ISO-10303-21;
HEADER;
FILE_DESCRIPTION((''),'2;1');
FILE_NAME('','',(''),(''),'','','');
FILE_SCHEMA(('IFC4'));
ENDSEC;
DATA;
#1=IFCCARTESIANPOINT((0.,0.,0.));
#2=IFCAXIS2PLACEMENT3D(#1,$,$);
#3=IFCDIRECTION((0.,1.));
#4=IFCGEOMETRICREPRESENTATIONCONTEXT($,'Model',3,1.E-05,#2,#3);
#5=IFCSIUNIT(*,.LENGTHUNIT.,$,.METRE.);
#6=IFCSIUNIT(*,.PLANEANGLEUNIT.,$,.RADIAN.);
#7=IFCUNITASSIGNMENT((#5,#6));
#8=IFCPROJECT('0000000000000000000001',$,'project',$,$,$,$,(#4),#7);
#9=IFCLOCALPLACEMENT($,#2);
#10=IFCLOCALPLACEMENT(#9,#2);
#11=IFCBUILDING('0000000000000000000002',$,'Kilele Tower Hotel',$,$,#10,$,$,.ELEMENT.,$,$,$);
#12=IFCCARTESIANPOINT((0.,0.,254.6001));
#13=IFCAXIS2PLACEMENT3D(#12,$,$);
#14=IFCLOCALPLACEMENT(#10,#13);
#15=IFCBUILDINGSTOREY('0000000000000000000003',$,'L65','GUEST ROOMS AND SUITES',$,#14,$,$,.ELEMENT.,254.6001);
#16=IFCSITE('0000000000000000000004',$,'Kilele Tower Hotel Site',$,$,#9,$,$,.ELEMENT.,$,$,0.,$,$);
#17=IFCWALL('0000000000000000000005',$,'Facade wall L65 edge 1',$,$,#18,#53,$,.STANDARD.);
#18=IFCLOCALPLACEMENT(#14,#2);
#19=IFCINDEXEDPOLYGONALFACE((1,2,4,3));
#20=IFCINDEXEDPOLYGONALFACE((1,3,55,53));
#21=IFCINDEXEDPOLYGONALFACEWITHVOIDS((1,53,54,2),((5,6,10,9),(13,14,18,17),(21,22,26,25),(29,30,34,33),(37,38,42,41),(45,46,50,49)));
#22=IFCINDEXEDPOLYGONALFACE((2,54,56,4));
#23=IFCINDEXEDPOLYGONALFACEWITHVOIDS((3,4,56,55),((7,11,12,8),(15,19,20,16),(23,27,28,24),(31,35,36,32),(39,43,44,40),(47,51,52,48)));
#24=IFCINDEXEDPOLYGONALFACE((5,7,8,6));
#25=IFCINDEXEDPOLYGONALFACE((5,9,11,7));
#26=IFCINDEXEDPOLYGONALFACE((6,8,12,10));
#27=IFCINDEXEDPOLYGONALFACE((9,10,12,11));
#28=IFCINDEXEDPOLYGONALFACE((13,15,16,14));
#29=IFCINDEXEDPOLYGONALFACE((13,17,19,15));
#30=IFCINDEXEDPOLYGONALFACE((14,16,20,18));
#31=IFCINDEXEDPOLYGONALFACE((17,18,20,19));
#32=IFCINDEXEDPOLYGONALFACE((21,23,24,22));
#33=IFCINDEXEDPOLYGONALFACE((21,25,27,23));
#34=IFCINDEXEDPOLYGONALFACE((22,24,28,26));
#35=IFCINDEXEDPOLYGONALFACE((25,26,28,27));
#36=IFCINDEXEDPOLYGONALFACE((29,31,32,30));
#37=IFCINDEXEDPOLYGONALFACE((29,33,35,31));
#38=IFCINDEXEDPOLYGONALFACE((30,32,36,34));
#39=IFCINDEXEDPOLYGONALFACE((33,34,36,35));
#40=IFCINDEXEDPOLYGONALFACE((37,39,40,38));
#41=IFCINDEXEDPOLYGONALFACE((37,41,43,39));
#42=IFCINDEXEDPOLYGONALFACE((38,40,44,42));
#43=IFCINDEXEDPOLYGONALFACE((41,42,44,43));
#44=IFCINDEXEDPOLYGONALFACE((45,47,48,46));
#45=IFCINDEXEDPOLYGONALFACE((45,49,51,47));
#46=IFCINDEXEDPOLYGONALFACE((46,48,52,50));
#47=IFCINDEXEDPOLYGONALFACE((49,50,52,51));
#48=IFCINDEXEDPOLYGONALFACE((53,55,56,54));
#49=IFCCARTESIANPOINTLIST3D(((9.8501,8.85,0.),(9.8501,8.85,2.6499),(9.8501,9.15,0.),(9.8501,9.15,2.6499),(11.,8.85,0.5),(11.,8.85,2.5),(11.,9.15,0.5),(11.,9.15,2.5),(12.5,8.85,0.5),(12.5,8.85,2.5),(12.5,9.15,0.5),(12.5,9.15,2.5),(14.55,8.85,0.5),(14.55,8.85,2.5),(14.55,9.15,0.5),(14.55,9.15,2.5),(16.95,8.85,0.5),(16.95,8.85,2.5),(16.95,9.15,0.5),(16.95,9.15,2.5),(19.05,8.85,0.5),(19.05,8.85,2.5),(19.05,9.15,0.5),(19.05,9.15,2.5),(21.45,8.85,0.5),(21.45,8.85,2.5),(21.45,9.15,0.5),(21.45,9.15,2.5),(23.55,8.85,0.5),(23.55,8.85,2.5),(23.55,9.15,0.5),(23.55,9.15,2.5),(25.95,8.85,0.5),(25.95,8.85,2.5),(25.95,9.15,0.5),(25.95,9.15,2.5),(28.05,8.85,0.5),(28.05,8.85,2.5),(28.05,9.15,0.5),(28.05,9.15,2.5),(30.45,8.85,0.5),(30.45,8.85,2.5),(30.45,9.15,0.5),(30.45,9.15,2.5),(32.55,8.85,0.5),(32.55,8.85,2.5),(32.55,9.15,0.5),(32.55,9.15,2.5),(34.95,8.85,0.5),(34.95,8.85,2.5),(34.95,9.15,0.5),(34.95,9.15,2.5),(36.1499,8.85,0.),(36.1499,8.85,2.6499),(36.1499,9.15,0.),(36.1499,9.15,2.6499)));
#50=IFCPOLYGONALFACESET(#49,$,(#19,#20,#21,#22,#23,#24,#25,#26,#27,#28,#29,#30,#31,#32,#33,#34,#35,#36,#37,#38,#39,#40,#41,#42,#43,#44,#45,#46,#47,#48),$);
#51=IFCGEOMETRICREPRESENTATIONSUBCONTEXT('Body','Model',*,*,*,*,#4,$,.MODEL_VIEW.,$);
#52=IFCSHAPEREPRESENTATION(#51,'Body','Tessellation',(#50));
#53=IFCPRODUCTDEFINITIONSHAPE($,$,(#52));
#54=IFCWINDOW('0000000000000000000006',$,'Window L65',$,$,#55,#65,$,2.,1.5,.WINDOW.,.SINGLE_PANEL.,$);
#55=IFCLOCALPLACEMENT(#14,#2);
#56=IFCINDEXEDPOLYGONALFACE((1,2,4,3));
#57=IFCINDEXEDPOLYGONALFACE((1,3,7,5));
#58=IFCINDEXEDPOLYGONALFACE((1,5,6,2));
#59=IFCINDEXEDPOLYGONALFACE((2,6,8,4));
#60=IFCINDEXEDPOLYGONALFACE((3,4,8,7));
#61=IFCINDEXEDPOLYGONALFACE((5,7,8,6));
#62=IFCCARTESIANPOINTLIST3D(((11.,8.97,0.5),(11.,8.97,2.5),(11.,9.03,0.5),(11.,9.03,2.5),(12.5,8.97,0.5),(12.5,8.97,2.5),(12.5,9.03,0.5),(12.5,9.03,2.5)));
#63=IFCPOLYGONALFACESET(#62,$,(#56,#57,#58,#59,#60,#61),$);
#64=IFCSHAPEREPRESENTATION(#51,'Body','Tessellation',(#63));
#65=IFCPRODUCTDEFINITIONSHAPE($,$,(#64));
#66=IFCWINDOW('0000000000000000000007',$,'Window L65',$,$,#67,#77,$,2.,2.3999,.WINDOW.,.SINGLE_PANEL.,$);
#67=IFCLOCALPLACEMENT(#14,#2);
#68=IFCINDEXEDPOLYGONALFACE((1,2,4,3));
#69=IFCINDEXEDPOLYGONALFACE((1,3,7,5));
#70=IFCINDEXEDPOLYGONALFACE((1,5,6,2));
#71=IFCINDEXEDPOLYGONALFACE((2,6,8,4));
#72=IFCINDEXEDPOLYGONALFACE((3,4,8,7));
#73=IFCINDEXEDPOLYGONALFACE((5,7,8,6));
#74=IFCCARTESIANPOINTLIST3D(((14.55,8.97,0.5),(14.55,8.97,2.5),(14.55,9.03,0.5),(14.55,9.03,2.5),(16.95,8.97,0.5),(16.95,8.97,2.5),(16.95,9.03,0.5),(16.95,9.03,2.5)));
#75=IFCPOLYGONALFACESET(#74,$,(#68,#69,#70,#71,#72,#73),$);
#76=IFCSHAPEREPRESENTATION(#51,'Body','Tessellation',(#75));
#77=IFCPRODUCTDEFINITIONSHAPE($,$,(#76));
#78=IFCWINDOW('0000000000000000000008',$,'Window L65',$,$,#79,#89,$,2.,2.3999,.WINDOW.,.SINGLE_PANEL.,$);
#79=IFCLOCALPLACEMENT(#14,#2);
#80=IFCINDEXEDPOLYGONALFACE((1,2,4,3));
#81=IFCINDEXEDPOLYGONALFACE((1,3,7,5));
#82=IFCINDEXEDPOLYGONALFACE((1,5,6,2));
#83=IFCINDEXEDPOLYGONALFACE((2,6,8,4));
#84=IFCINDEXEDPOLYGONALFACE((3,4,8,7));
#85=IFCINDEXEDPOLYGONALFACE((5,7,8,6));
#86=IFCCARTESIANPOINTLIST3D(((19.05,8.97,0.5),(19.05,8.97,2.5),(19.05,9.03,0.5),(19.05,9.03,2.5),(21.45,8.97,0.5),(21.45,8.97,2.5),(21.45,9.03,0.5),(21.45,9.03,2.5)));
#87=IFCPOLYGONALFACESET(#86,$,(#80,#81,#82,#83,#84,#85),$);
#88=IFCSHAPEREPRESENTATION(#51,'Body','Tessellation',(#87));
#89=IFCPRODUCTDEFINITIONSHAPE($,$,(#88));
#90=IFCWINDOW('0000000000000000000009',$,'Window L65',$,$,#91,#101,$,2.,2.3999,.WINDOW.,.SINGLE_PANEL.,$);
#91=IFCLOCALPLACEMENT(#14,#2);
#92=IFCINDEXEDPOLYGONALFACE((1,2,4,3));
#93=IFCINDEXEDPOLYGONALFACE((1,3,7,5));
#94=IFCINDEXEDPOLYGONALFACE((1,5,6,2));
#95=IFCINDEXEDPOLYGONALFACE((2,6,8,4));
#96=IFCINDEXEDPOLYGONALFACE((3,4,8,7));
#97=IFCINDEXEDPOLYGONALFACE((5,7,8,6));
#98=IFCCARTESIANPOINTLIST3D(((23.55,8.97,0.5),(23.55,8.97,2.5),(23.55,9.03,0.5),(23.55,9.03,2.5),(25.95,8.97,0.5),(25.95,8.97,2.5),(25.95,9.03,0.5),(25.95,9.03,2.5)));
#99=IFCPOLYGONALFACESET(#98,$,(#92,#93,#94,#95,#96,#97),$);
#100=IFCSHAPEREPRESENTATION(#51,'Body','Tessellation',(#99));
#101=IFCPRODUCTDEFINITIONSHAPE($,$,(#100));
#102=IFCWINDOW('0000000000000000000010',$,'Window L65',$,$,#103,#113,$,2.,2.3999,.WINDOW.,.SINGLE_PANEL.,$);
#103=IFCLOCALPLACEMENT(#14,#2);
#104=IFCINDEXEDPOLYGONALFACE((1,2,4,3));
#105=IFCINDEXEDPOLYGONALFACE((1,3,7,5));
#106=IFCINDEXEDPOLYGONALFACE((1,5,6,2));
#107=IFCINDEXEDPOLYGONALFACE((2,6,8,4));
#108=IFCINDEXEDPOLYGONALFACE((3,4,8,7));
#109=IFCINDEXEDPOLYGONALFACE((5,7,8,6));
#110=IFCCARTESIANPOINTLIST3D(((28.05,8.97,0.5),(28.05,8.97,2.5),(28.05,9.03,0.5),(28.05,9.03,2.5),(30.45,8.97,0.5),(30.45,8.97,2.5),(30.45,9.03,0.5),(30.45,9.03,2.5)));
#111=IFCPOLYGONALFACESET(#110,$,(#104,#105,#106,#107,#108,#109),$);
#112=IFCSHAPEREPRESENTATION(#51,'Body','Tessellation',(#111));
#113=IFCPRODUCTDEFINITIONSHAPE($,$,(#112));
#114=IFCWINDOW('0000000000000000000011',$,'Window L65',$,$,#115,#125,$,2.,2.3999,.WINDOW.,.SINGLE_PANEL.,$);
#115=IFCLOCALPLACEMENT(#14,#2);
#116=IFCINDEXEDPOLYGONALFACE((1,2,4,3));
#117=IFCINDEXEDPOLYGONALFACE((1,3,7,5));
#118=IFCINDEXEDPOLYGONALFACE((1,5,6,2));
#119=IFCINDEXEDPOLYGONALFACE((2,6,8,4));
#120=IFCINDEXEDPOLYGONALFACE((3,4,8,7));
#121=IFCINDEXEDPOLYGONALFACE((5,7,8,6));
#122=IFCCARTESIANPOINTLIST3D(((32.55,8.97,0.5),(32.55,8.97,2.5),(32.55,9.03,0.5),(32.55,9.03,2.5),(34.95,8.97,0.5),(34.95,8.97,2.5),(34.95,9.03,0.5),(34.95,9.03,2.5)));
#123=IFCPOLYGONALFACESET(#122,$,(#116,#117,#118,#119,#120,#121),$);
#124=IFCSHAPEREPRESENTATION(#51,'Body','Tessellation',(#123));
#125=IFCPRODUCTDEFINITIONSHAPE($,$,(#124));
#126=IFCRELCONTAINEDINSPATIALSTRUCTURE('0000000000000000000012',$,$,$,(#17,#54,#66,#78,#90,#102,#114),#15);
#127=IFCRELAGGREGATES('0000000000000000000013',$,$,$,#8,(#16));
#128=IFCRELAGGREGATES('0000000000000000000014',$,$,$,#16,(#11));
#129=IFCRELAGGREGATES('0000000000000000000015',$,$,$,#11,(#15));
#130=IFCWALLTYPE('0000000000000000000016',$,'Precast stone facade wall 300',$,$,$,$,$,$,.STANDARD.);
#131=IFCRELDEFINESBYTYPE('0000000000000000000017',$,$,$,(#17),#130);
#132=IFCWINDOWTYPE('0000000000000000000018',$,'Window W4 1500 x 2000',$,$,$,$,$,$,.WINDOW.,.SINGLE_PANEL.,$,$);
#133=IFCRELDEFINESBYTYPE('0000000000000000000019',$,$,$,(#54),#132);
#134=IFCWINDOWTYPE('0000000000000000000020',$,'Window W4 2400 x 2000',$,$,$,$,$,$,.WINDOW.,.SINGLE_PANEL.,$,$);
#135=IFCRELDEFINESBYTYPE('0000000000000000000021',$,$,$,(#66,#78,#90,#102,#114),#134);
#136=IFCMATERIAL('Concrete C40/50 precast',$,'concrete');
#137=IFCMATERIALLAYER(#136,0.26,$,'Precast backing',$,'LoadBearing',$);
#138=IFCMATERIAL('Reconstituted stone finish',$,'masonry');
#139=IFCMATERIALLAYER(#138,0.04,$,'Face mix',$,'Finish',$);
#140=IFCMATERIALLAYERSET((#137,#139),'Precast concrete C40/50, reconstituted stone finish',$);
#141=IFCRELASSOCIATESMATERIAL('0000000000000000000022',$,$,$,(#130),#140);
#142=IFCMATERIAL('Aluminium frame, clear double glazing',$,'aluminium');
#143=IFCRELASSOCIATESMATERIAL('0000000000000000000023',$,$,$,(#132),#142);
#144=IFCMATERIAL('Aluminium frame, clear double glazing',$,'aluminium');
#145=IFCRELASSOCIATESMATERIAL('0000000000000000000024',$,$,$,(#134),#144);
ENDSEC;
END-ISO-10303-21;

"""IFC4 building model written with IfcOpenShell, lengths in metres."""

from ifc_helpers import new_model, si_unit, direction, frame, frame_2d, origin, place, context, subcontext, project, spatial, rectangle, extrude, material, layer, layer_set, type_object, element, fill, save


model = new_model("IFC4")

# Units and contexts
model_context = context("Model", 3, precision=1e-05, world=origin(), true_north=direction((0.0, 1.0)))
body_context = subcontext(model_context, "Body", "Model", "MODEL_VIEW")
ifc_project = project(units=[si_unit("LENGTHUNIT", "METRE"), si_unit("PLANEANGLEUNIT", "RADIAN")], contexts=[model_context])

# Site, building, storey
site_placement = place(None, origin())
site = spatial("IfcSite", under=ifc_project, at=site_placement, Name="Kilele Tower Hotel Site", CompositionType="ELEMENT", RefElevation=0.0)
building_placement = place(site_placement, origin())
building = spatial("IfcBuilding", under=site, at=building_placement, Name="Kilele Tower Hotel", CompositionType="ELEMENT")
storey_placement = place(building_placement, frame((0.0, 0.0, 254.6001)))
storey = spatial("IfcBuildingStorey", under=building, at=storey_placement, Name="L65", Description="GUEST ROOMS AND SUITES", CompositionType="ELEMENT", Elevation=254.6001)

# Wall, openings, windows
ifc_material_1 = material(Name="Concrete C40/50 precast", Category="concrete")
ifc_layer_1 = layer(ifc_material_1, 0.26, Name="Precast backing", Category="LoadBearing")
ifc_material_2 = material(Name="Reconstituted stone finish", Category="masonry")
ifc_layer_2 = layer(ifc_material_2, 0.04, Name="Face mix", Category="Finish")
ifc_layer_set_1 = layer_set([ifc_layer_1, ifc_layer_2], Name="Precast concrete C40/50, reconstituted stone finish")
wall_type = type_object("IfcWallType", Name="Precast stone facade wall 300", PredefinedType="STANDARD", material=ifc_layer_set_1)
wall_placement = place(storey_placement, frame((9.8501, 9.0, 0.0), z_axis=(0.0, 0.0, 1.0), x_axis=(1.0, 0.0, 0.0)))
wall = element("IfcWall", 1, at=wall_placement, inside=storey, type_object=wall_type, Name="Facade wall L65 edge 1", PredefinedType="STANDARD", context=body_context, shape_type="SweptSolid", body=[
    extrude(rectangle(XDim=26.2998, YDim=0.3, at=frame_2d((13.1499, 0.0))), origin(), (0.0, 0.0, 1.0), 2.6499),
])
opening_1_placement = place(wall_placement, frame((1.1499, 0.0, 0.5)))
opening_1 = element("IfcOpeningElement", 2, at=opening_1_placement, cuts=wall, PredefinedType="OPENING", context=body_context, shape_type="SweptSolid", body=[
    extrude(rectangle(XDim=1.5, YDim=2.0, at=frame_2d((0.75, 1.0))), frame((0.0, 0.1599, 0.0), z_axis=(0.0, -1.0, 0.0), x_axis=(1.0, 0.0, 0.0)), (0.0, 0.0, 1.0), 0.3201),
])
opening_2_placement = place(wall_placement, frame((4.7, 0.0, 0.5)))
opening_2 = element("IfcOpeningElement", 3, at=opening_2_placement, cuts=wall, PredefinedType="OPENING", context=body_context, shape_type="SweptSolid", body=[
    extrude(rectangle(XDim=2.3999, YDim=2.0, at=frame_2d((1.2, 1.0))), frame((0.0, 0.1599, 0.0), z_axis=(0.0, -1.0, 0.0), x_axis=(1.0, 0.0, 0.0)), (0.0, 0.0, 1.0), 0.3201),
])
opening_3_placement = place(wall_placement, frame((9.2, 0.0, 0.5)))
opening_3 = element("IfcOpeningElement", 4, at=opening_3_placement, cuts=wall, PredefinedType="OPENING", context=body_context, shape_type="SweptSolid", body=[
    extrude(rectangle(XDim=2.3999, YDim=2.0, at=frame_2d((1.2, 1.0))), frame((0.0, 0.1599, 0.0), z_axis=(0.0, -1.0, 0.0), x_axis=(1.0, 0.0, 0.0)), (0.0, 0.0, 1.0), 0.3201),
])
opening_4_placement = place(wall_placement, frame((13.7, 0.0, 0.5)))
opening_4 = element("IfcOpeningElement", 5, at=opening_4_placement, cuts=wall, PredefinedType="OPENING", context=body_context, shape_type="SweptSolid", body=[
    extrude(rectangle(XDim=2.3999, YDim=2.0, at=frame_2d((1.2, 1.0))), frame((0.0, 0.1599, 0.0), z_axis=(0.0, -1.0, 0.0), x_axis=(1.0, 0.0, 0.0)), (0.0, 0.0, 1.0), 0.3201),
])
opening_5_placement = place(wall_placement, frame((18.2, 0.0, 0.5)))
opening_5 = element("IfcOpeningElement", 6, at=opening_5_placement, cuts=wall, PredefinedType="OPENING", context=body_context, shape_type="SweptSolid", body=[
    extrude(rectangle(XDim=2.3999, YDim=2.0, at=frame_2d((1.2, 1.0))), frame((0.0, 0.1599, 0.0), z_axis=(0.0, -1.0, 0.0), x_axis=(1.0, 0.0, 0.0)), (0.0, 0.0, 1.0), 0.3201),
])
opening_6_placement = place(wall_placement, frame((22.7, 0.0, 0.5)))
opening_6 = element("IfcOpeningElement", 7, at=opening_6_placement, cuts=wall, PredefinedType="OPENING", context=body_context, shape_type="SweptSolid", body=[
    extrude(rectangle(XDim=2.3999, YDim=2.0, at=frame_2d((1.2, 1.0))), frame((0.0, 0.1599, 0.0), z_axis=(0.0, -1.0, 0.0), x_axis=(1.0, 0.0, 0.0)), (0.0, 0.0, 1.0), 0.3201),
])
ifc_material_3 = material(Name="Aluminium frame, clear double glazing", Category="aluminium")
window_type_1 = type_object("IfcWindowType", Name="Window W4 1500 x 2000", PartitioningType="SINGLE_PANEL", PredefinedType="WINDOW", material=ifc_material_3)
window_1_placement = place(opening_1_placement, origin())
window_1 = element("IfcWindow", 8, at=window_1_placement, inside=storey, type_object=window_type_1, Name="Window L65", OverallHeight=2.0, OverallWidth=1.5, PartitioningType="SINGLE_PANEL", PredefinedType="WINDOW", context=body_context, shape_type="SweptSolid", body=[
    extrude(rectangle(XDim=1.5, YDim=2.0, at=frame_2d((0.75, 1.0))), frame((0.0, 0.03, 0.0), z_axis=(0.0, -1.0, 0.0), x_axis=(1.0, 0.0, 0.0)), (0.0, 0.0, 1.0), 0.0601),
])
fill(opening_1, window_1)
ifc_material_4 = material(Name="Aluminium frame, clear double glazing", Category="aluminium")
window_type_2 = type_object("IfcWindowType", Name="Window W4 2400 x 2000", PartitioningType="SINGLE_PANEL", PredefinedType="WINDOW", material=ifc_material_4)
window_2_placement = place(opening_2_placement, origin())
window_2 = element("IfcWindow", 9, at=window_2_placement, inside=storey, type_object=window_type_2, Name="Window L65", OverallHeight=2.0, OverallWidth=2.3999, PartitioningType="SINGLE_PANEL", PredefinedType="WINDOW", context=body_context, shape_type="SweptSolid", body=[
    extrude(rectangle(XDim=2.3999, YDim=2.0, at=frame_2d((1.2, 1.0))), frame((0.0, 0.03, 0.0), z_axis=(0.0, -1.0, 0.0), x_axis=(1.0, 0.0, 0.0)), (0.0, 0.0, 1.0), 0.0601),
])
fill(opening_2, window_2)
window_3_placement = place(opening_3_placement, origin())
window_3 = element("IfcWindow", 10, at=window_3_placement, inside=storey, type_object=window_type_2, Name="Window L65", OverallHeight=2.0, OverallWidth=2.3999, PartitioningType="SINGLE_PANEL", PredefinedType="WINDOW", context=body_context, shape_type="SweptSolid", body=[
    extrude(rectangle(XDim=2.3999, YDim=2.0, at=frame_2d((1.2, 1.0))), frame((0.0, 0.03, 0.0), z_axis=(0.0, -1.0, 0.0), x_axis=(1.0, 0.0, 0.0)), (0.0, 0.0, 1.0), 0.0601),
])
fill(opening_3, window_3)
window_4_placement = place(opening_4_placement, origin())
window_4 = element("IfcWindow", 11, at=window_4_placement, inside=storey, type_object=window_type_2, Name="Window L65", OverallHeight=2.0, OverallWidth=2.3999, PartitioningType="SINGLE_PANEL", PredefinedType="WINDOW", context=body_context, shape_type="SweptSolid", body=[
    extrude(rectangle(XDim=2.3999, YDim=2.0, at=frame_2d((1.2, 1.0))), frame((0.0, 0.03, 0.0), z_axis=(0.0, -1.0, 0.0), x_axis=(1.0, 0.0, 0.0)), (0.0, 0.0, 1.0), 0.0601),
])
fill(opening_4, window_4)
window_5_placement = place(opening_5_placement, origin())
window_5 = element("IfcWindow", 12, at=window_5_placement, inside=storey, type_object=window_type_2, Name="Window L65", OverallHeight=2.0, OverallWidth=2.3999, PartitioningType="SINGLE_PANEL", PredefinedType="WINDOW", context=body_context, shape_type="SweptSolid", body=[
    extrude(rectangle(XDim=2.3999, YDim=2.0, at=frame_2d((1.2, 1.0))), frame((0.0, 0.03, 0.0), z_axis=(0.0, -1.0, 0.0), x_axis=(1.0, 0.0, 0.0)), (0.0, 0.0, 1.0), 0.0601),
])
fill(opening_5, window_5)
window_6_placement = place(opening_6_placement, origin())
window_6 = element("IfcWindow", 13, at=window_6_placement, inside=storey, type_object=window_type_2, Name="Window L65", OverallHeight=2.0, OverallWidth=2.3999, PartitioningType="SINGLE_PANEL", PredefinedType="WINDOW", context=body_context, shape_type="SweptSolid", body=[
    extrude(rectangle(XDim=2.3999, YDim=2.0, at=frame_2d((1.2, 1.0))), frame((0.0, 0.03, 0.0), z_axis=(0.0, -1.0, 0.0), x_axis=(1.0, 0.0, 0.0)), (0.0, 0.0, 1.0), 0.0601),
])
fill(opening_6, window_6)

save(model, "model.ifc")
